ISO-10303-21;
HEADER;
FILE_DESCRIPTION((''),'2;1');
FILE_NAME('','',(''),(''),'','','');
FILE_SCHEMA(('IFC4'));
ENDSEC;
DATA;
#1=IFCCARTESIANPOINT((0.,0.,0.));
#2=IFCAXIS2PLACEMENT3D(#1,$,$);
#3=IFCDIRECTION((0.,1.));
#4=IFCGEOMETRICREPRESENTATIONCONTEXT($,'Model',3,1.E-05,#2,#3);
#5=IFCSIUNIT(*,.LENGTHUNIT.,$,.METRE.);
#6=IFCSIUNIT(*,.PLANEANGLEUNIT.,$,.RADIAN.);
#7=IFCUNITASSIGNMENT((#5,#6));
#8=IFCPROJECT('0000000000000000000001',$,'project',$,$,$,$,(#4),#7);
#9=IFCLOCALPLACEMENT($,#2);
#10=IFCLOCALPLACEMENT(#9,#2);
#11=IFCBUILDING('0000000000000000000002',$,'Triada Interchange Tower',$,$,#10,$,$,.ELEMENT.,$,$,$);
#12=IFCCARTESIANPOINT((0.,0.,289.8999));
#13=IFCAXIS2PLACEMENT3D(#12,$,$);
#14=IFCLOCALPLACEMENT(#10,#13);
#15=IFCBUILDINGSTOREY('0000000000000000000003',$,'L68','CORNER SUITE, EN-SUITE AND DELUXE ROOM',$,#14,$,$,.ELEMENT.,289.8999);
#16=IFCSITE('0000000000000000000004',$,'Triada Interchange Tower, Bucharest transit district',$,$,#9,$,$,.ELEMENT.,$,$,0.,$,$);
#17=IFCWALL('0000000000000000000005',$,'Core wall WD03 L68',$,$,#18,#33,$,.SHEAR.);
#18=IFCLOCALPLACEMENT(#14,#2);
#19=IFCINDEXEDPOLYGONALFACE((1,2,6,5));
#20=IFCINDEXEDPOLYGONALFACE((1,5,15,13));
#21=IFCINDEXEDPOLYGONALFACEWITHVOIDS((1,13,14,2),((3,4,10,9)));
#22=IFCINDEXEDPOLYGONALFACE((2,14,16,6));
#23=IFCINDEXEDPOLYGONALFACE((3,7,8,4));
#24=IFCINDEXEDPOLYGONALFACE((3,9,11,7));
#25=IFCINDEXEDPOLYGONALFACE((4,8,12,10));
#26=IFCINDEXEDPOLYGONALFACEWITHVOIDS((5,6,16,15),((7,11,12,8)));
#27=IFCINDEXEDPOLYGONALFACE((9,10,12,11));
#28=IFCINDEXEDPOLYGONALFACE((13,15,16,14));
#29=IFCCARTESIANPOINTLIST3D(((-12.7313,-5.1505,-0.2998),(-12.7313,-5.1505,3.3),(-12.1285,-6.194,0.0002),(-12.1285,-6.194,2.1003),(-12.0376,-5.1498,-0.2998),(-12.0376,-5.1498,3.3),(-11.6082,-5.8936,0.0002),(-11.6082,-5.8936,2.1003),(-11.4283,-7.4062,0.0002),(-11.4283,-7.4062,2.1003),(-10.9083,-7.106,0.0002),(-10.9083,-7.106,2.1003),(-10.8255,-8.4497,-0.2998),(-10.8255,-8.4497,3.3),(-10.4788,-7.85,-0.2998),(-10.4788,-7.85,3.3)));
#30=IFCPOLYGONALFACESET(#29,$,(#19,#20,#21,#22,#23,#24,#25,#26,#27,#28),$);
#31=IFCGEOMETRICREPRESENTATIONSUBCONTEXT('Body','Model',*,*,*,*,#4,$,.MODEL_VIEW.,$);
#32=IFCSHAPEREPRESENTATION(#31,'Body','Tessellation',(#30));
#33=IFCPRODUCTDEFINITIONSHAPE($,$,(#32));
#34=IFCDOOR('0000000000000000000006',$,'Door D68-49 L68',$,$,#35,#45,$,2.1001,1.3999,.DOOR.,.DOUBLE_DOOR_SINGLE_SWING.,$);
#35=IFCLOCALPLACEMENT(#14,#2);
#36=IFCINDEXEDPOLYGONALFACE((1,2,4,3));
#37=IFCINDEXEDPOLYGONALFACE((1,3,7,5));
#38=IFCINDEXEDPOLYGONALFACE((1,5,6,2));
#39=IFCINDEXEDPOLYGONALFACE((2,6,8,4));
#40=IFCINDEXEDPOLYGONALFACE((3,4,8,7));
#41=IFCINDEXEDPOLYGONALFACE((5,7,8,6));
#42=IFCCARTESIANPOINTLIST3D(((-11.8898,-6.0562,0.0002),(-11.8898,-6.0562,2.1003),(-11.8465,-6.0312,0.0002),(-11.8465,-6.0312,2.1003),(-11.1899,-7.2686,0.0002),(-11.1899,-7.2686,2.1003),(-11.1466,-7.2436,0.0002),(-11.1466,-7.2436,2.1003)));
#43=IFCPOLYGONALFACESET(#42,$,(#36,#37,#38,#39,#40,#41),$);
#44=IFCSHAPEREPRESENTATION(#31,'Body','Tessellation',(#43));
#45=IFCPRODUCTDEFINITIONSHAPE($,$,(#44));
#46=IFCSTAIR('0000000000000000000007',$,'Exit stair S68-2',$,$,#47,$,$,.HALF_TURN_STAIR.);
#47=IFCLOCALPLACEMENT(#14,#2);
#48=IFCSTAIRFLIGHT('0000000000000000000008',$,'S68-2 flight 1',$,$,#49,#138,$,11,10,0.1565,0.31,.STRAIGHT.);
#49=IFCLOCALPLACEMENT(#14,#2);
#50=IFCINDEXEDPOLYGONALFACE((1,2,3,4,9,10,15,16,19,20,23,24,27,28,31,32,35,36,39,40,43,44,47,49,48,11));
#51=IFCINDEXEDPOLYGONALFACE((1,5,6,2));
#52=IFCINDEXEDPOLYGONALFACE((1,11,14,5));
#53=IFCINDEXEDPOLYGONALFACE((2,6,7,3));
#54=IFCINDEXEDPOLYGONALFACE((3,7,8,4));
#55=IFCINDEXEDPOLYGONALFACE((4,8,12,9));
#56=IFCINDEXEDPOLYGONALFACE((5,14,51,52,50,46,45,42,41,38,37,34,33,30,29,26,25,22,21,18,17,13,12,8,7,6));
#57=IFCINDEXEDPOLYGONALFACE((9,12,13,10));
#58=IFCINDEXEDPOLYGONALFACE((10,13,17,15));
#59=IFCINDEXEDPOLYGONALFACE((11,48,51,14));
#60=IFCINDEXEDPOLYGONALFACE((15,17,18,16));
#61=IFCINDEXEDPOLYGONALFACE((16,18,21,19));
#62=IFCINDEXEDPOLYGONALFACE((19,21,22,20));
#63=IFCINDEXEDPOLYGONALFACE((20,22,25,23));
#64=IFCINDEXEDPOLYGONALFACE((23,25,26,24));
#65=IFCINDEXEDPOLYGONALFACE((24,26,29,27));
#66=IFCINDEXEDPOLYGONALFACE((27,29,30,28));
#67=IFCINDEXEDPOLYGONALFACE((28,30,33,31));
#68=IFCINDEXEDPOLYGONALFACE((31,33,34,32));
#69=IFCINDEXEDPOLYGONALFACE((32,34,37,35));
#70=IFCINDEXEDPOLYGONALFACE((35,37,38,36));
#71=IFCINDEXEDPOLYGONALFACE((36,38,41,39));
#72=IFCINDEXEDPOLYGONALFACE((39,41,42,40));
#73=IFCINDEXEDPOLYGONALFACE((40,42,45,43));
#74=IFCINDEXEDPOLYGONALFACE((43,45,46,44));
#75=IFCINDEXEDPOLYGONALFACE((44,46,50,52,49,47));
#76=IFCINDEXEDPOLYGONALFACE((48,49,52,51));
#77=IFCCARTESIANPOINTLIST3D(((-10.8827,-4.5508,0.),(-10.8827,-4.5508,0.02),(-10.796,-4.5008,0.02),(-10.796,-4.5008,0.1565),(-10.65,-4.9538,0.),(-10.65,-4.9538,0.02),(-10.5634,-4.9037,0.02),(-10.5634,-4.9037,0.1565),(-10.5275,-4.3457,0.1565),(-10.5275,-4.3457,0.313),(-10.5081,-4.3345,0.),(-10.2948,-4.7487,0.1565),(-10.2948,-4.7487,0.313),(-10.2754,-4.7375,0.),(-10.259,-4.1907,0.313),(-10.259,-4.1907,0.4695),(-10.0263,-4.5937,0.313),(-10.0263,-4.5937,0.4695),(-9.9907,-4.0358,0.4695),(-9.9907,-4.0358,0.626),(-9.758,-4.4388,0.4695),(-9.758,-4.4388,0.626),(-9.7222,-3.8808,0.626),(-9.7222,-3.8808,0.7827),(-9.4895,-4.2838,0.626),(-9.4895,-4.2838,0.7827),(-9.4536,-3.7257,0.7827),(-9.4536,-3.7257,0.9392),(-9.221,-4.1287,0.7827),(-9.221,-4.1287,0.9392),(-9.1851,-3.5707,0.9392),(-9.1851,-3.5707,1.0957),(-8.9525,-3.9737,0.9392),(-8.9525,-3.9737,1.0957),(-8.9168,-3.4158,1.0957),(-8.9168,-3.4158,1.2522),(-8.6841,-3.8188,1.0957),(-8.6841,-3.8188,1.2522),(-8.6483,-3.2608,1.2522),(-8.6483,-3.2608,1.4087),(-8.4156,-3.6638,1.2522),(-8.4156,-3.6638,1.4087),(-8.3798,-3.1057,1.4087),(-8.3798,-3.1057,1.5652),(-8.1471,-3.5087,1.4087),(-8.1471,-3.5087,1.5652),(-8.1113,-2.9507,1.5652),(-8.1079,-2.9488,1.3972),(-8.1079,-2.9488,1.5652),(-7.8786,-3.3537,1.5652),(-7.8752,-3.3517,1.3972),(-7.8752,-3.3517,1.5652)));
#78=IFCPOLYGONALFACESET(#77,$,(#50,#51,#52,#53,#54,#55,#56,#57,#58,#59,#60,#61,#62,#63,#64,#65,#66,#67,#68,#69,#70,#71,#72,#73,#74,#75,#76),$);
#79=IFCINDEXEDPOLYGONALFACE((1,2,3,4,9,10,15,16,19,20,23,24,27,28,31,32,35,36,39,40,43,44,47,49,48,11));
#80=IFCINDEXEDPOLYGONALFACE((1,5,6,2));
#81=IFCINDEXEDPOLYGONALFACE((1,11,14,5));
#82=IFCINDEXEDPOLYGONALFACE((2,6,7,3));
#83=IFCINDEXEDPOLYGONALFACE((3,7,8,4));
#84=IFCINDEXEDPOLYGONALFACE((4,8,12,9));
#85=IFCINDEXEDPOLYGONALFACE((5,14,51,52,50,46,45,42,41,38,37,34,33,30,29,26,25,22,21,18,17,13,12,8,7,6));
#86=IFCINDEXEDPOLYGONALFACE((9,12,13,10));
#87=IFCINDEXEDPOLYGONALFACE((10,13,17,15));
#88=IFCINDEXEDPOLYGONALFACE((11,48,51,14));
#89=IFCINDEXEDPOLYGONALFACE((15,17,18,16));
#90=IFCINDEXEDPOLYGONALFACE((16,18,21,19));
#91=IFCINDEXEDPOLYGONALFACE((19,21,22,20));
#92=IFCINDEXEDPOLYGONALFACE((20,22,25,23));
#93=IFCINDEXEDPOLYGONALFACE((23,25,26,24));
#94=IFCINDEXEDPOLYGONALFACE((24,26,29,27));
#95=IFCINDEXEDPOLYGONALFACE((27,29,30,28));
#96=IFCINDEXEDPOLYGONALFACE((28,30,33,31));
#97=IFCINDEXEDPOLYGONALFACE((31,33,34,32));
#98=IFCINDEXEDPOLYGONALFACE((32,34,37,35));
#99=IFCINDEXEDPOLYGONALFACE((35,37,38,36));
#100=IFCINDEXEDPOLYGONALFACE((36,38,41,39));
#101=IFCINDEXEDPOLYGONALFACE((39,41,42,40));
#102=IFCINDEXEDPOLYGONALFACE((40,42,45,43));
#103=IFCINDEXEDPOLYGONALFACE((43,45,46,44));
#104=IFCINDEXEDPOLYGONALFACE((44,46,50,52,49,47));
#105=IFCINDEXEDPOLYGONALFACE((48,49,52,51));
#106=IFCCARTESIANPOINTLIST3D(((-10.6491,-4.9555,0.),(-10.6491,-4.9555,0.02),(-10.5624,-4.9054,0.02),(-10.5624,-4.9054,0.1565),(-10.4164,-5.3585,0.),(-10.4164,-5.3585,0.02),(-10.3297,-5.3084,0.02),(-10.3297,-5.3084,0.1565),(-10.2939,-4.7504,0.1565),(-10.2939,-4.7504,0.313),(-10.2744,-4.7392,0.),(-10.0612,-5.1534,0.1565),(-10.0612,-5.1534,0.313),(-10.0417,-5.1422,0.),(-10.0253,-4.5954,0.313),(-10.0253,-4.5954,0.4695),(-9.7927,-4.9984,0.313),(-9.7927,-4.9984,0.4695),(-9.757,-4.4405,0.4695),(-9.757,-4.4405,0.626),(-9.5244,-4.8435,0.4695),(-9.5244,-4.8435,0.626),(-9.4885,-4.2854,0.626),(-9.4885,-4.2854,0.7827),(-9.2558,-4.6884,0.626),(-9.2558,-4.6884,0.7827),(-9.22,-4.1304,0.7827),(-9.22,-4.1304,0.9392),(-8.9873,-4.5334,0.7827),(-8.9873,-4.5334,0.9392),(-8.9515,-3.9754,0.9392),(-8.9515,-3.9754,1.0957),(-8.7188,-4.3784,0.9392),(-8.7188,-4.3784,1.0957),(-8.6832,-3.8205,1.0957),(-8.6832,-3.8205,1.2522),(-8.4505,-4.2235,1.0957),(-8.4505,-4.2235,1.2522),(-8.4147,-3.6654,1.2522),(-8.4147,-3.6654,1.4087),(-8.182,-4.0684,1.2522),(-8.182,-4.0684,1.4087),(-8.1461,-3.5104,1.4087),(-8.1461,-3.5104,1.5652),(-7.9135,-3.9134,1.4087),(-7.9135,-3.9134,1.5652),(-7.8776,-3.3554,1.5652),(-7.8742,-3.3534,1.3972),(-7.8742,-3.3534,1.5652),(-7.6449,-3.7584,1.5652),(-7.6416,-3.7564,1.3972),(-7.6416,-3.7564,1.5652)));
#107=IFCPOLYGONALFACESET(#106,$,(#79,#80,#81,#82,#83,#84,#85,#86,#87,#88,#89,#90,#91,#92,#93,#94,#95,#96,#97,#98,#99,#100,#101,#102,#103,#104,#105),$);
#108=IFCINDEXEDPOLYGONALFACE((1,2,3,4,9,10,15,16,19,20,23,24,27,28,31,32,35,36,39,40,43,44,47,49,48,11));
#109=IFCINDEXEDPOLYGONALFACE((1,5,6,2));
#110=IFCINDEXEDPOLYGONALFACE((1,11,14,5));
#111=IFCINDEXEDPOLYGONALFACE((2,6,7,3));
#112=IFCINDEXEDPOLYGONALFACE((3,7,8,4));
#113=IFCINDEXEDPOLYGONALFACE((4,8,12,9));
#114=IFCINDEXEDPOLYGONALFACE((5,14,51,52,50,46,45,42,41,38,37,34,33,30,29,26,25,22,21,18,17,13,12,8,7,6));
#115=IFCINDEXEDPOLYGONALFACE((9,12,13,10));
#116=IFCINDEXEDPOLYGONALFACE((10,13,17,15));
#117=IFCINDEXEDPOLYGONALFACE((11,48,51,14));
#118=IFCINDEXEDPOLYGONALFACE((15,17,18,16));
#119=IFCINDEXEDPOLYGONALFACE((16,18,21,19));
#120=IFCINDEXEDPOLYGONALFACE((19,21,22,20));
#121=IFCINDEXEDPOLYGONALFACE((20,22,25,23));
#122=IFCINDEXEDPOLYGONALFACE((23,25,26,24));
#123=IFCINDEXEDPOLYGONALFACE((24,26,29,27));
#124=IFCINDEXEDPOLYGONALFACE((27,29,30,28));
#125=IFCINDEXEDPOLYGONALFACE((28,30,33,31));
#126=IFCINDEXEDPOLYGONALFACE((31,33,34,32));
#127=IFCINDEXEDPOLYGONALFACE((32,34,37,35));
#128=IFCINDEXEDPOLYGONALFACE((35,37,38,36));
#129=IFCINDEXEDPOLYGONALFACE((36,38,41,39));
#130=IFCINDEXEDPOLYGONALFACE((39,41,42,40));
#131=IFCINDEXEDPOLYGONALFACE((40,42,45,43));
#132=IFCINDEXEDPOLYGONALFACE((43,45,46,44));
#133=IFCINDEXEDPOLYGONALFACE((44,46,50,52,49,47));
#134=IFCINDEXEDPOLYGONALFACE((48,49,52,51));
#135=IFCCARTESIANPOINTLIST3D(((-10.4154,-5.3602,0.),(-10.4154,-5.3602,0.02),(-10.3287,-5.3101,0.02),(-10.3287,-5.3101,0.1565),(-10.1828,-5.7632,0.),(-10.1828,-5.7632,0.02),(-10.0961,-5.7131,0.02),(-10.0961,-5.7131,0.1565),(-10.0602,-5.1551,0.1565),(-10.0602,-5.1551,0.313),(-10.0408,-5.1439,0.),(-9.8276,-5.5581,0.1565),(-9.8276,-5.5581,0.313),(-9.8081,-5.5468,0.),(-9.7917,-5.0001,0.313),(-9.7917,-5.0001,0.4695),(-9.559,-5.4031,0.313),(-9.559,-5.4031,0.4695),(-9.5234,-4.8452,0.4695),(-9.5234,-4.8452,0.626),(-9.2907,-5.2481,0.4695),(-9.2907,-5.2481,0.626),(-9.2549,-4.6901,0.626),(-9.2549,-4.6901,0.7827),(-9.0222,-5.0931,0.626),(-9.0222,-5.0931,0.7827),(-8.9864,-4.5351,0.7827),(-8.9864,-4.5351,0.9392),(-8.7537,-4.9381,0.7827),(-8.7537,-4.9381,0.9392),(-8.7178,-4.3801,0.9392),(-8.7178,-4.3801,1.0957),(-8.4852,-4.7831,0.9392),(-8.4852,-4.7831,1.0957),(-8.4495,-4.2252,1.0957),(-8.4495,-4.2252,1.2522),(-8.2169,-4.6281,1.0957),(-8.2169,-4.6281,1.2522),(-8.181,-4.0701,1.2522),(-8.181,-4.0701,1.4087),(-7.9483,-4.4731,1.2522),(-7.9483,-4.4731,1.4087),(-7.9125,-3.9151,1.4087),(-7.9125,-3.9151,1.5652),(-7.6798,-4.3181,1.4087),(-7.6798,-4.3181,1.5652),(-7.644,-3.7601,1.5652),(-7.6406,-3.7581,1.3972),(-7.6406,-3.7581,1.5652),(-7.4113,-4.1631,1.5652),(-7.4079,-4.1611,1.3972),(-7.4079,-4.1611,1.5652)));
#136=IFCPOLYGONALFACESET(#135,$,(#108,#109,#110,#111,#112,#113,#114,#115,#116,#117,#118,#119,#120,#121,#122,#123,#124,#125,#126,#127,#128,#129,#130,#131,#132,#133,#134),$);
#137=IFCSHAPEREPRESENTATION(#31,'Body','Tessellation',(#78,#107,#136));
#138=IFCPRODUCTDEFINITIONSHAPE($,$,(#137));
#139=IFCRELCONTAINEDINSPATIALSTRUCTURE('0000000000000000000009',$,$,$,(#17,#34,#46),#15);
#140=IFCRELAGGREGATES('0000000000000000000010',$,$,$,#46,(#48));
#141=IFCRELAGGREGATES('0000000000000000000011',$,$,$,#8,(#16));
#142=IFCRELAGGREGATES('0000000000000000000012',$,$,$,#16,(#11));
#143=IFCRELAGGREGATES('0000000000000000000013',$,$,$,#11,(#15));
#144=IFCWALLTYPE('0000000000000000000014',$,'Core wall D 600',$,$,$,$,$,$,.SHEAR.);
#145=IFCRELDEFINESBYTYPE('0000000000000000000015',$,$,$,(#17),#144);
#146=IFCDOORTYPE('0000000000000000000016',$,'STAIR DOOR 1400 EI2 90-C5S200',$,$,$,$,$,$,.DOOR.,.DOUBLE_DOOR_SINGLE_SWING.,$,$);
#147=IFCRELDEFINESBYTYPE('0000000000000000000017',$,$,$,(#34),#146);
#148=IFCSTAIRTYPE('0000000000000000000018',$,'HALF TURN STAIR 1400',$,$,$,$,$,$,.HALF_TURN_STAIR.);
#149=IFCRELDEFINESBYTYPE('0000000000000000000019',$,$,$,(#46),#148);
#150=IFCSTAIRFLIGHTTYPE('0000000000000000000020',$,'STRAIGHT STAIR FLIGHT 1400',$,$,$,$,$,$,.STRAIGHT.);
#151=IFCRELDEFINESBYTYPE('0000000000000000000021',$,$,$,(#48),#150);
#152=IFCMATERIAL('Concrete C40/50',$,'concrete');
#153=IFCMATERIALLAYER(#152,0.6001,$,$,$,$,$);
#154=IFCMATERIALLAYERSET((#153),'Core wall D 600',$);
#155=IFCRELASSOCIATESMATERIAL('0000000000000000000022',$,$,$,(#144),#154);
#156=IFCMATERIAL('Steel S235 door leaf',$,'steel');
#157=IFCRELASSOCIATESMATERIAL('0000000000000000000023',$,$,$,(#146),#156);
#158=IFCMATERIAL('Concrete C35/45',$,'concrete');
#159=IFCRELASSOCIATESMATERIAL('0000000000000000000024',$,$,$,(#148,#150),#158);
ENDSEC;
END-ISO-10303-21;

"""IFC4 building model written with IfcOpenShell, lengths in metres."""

from ifc_helpers import new_model, si_unit, direction, frame, frame_2d, origin, place, context, subcontext, project, spatial, polyline, rectangle, outline, extrude, material, layer, layer_set, type_object, element, fill, aggregate, save


model = new_model("IFC4")

# Units and contexts
model_context = context("Model", 3, precision=1e-05, world=origin(), true_north=direction((0.0, 1.0)))
body_context = subcontext(model_context, "Body", "Model", "MODEL_VIEW")
ifc_project = project(units=[si_unit("LENGTHUNIT", "METRE"), si_unit("PLANEANGLEUNIT", "RADIAN")], contexts=[model_context])

# Site, building, storey
site_placement = place(None, origin())
site = spatial("IfcSite", under=ifc_project, at=site_placement, Name="Triada Interchange Tower, Bucharest transit district", CompositionType="ELEMENT", RefElevation=0.0)
building_placement = place(site_placement, origin())
building = spatial("IfcBuilding", under=site, at=building_placement, Name="Triada Interchange Tower", CompositionType="ELEMENT")
storey_placement = place(building_placement, frame((0.0, 0.0, 289.8999)))
storey = spatial("IfcBuildingStorey", under=building, at=storey_placement, Name="L68", Description="CORNER SUITE, EN-SUITE AND DELUXE ROOM", CompositionType="ELEMENT", Elevation=289.8999)

# Shared definitions
ifc_material_1 = material(Name="Steel S235 door leaf", Category="steel")

# Wall, opening, door
ifc_material_2 = material(Name="Concrete C40/50", Category="concrete")
ifc_layer_1 = layer(ifc_material_2, 0.6001)
ifc_layer_set_1 = layer_set([ifc_layer_1], Name="Core wall D 600")
wall_type_1 = type_object("IfcWallType", Name="Core wall D 600", PredefinedType="SHEAR", material=ifc_layer_set_1)
wall_1_placement = place(storey_placement, frame((-12.384, -5.1499, -0.2998), z_axis=(0.0, 0.0, 1.0), x_axis=(0.499975, -0.86604, 0.0)))
wall_1 = element("IfcWall", 1, at=wall_1_placement, inside=storey, type_object=wall_type_1, Name="Core wall WD03 L68", PredefinedType="SHEAR", context=body_context, shape_type="SweptSolid", body=[
    extrude(outline(polyline([(-0.1731, -0.301), (1.7319, -0.3005), (3.637, -0.3), (3.291, 0.3), (1.7319, 0.3), (0.1731, 0.3), (-0.1731, -0.301)])), origin(), (0.0, 0.0, 1.0), 3.5999),
])
opening_1_placement = place(wall_1_placement, frame((1.032, 0.0, 0.3)))
opening_1 = element("IfcOpeningElement", 2, at=opening_1_placement, cuts=wall_1, PredefinedType="OPENING", context=body_context, shape_type="SweptSolid", body=[
    extrude(rectangle(XDim=1.3999, YDim=2.1001, at=frame_2d((0.7, 1.05))), frame((0.0, 0.3101, 0.0), z_axis=(0.0, -1.0, 0.0), x_axis=(1.0, 0.0, 0.0)), (0.0, 0.0, 1.0), 0.6211),
])
door_type_1 = type_object("IfcDoorType", Name="STAIR DOOR 1400 EI2 90-C5S200", OperationType="DOUBLE_DOOR_SINGLE_SWING", PredefinedType="DOOR", material=ifc_material_1)
door_1_placement = place(opening_1_placement, origin())
door_1 = element("IfcDoor", 3, at=door_1_placement, inside=storey, type_object=door_type_1, Name="Door D68-49 L68", OperationType="DOUBLE_DOOR_SINGLE_SWING", OverallHeight=2.1001, OverallWidth=1.3999, PredefinedType="DOOR", context=body_context, shape_type="SweptSolid", body=[
    extrude(rectangle(XDim=1.3999, YDim=2.1001, at=frame_2d((0.7, 1.05))), frame((0.0, 0.0249, 0.0), z_axis=(0.0, -1.0, 0.0), x_axis=(1.0, 0.0, 0.0)), (0.0, 0.0, 1.0), 0.05),
])
fill(opening_1, door_1)

# Stair, stair flight
ifc_material_3 = material(Name="Concrete C35/45", Category="concrete")
stair_type = type_object("IfcStairType", Name="HALF TURN STAIR 1400", PredefinedType="HALF_TURN_STAIR", material=ifc_material_3)
stair_placement = place(storey_placement, origin())
stair = element("IfcStair", 4, at=stair_placement, inside=storey, type_object=stair_type, Name="Exit stair S68-2", PredefinedType="HALF_TURN_STAIR")
stair_flight_type = type_object("IfcStairFlightType", Name="STRAIGHT STAIR FLIGHT 1400", PredefinedType="STRAIGHT", material=ifc_material_3)
stair_flight_1_placement = place(storey_placement, frame((-10.446, -5.1069, 0.0), z_axis=(0.0, 0.0, 1.0), x_axis=(0.866025, 0.5, 0.0)))
stair_flight_1 = element("IfcStairFlight", 5, at=stair_flight_1_placement, type_object=stair_flight_type, Name="S68-2 flight 1", NumberOfRisers=11, NumberOfTreads=10, PredefinedType="STRAIGHT", RiserHeight=0.1565, TreadLength=0.31, context=body_context, shape_type="SweptSolid", body=[
    extrude(outline(polyline([(-0.1001, 0.0), (-0.1001, 0.02), (0.0, 0.02), (0.0, 0.1565), (0.3101, 0.1565), (0.3101, 0.313), (0.6201, 0.313), (0.6201, 0.4695), (0.9299, 0.4695), (0.9299, 0.626), (1.24, 0.626), (1.24, 0.7827), (1.55, 0.7827), (1.55, 0.9392), (1.8601, 0.9392), (1.8601, 1.0957), (2.1699, 1.0957), (2.1699, 1.2522), (2.48, 1.2522), (2.48, 1.4087), (2.79, 1.4087), (2.79, 1.5652), (3.1001, 1.5652), (3.104, 1.5652), (3.104, 1.7217), (3.104, 1.3972), (0.3325, 0.0), (-0.1001, 0.0)])), frame((0.0, 0.7, 0.0), z_axis=(0.0, -1.0, 0.0), x_axis=(1.0, 0.0, 0.0)), (0.0, 0.0, 1.0), 0.4653),
    extrude(outline(polyline([(-0.1001, 0.0), (-0.1001, 0.02), (0.0, 0.02), (0.0, 0.1565), (0.3101, 0.1565), (0.3101, 0.313), (0.6201, 0.313), (0.6201, 0.4695), (0.9299, 0.4695), (0.9299, 0.626), (1.24, 0.626), (1.24, 0.7827), (1.55, 0.7827), (1.55, 0.9392), (1.8601, 0.9392), (1.8601, 1.0957), (2.1699, 1.0957), (2.1699, 1.2522), (2.48, 1.2522), (2.48, 1.4087), (2.79, 1.4087), (2.79, 1.5652), (3.1001, 1.5652), (3.104, 1.5652), (3.104, 1.7217), (3.104, 1.3972), (0.3325, 0.0), (-0.1001, 0.0)])), frame((0.0, 0.2327, 0.0), z_axis=(0.0, -1.0, 0.0), x_axis=(1.0, 0.0, 0.0)), (0.0, 0.0, 1.0), 0.4653),
    extrude(outline(polyline([(-0.1001, 0.0), (-0.1001, 0.02), (0.0, 0.02), (0.0, 0.1565), (0.3101, 0.1565), (0.3101, 0.313), (0.6201, 0.313), (0.6201, 0.4695), (0.9299, 0.4695), (0.9299, 0.626), (1.24, 0.626), (1.24, 0.7827), (1.55, 0.7827), (1.55, 0.9392), (1.8601, 0.9392), (1.8601, 1.0957), (2.1699, 1.0957), (2.1699, 1.2522), (2.48, 1.2522), (2.48, 1.4087), (2.79, 1.4087), (2.79, 1.5652), (3.1001, 1.5652), (3.104, 1.5652), (3.104, 1.7217), (3.104, 1.3972), (0.3325, 0.0), (-0.1001, 0.0)])), frame((0.0, -0.2346, 0.0), z_axis=(0.0, -1.0, 0.0), x_axis=(1.0, 0.0, 0.0)), (0.0, 0.0, 1.0), 0.4653),
])
aggregate(stair, [stair_flight_1])

save(model, "model.ifc")
